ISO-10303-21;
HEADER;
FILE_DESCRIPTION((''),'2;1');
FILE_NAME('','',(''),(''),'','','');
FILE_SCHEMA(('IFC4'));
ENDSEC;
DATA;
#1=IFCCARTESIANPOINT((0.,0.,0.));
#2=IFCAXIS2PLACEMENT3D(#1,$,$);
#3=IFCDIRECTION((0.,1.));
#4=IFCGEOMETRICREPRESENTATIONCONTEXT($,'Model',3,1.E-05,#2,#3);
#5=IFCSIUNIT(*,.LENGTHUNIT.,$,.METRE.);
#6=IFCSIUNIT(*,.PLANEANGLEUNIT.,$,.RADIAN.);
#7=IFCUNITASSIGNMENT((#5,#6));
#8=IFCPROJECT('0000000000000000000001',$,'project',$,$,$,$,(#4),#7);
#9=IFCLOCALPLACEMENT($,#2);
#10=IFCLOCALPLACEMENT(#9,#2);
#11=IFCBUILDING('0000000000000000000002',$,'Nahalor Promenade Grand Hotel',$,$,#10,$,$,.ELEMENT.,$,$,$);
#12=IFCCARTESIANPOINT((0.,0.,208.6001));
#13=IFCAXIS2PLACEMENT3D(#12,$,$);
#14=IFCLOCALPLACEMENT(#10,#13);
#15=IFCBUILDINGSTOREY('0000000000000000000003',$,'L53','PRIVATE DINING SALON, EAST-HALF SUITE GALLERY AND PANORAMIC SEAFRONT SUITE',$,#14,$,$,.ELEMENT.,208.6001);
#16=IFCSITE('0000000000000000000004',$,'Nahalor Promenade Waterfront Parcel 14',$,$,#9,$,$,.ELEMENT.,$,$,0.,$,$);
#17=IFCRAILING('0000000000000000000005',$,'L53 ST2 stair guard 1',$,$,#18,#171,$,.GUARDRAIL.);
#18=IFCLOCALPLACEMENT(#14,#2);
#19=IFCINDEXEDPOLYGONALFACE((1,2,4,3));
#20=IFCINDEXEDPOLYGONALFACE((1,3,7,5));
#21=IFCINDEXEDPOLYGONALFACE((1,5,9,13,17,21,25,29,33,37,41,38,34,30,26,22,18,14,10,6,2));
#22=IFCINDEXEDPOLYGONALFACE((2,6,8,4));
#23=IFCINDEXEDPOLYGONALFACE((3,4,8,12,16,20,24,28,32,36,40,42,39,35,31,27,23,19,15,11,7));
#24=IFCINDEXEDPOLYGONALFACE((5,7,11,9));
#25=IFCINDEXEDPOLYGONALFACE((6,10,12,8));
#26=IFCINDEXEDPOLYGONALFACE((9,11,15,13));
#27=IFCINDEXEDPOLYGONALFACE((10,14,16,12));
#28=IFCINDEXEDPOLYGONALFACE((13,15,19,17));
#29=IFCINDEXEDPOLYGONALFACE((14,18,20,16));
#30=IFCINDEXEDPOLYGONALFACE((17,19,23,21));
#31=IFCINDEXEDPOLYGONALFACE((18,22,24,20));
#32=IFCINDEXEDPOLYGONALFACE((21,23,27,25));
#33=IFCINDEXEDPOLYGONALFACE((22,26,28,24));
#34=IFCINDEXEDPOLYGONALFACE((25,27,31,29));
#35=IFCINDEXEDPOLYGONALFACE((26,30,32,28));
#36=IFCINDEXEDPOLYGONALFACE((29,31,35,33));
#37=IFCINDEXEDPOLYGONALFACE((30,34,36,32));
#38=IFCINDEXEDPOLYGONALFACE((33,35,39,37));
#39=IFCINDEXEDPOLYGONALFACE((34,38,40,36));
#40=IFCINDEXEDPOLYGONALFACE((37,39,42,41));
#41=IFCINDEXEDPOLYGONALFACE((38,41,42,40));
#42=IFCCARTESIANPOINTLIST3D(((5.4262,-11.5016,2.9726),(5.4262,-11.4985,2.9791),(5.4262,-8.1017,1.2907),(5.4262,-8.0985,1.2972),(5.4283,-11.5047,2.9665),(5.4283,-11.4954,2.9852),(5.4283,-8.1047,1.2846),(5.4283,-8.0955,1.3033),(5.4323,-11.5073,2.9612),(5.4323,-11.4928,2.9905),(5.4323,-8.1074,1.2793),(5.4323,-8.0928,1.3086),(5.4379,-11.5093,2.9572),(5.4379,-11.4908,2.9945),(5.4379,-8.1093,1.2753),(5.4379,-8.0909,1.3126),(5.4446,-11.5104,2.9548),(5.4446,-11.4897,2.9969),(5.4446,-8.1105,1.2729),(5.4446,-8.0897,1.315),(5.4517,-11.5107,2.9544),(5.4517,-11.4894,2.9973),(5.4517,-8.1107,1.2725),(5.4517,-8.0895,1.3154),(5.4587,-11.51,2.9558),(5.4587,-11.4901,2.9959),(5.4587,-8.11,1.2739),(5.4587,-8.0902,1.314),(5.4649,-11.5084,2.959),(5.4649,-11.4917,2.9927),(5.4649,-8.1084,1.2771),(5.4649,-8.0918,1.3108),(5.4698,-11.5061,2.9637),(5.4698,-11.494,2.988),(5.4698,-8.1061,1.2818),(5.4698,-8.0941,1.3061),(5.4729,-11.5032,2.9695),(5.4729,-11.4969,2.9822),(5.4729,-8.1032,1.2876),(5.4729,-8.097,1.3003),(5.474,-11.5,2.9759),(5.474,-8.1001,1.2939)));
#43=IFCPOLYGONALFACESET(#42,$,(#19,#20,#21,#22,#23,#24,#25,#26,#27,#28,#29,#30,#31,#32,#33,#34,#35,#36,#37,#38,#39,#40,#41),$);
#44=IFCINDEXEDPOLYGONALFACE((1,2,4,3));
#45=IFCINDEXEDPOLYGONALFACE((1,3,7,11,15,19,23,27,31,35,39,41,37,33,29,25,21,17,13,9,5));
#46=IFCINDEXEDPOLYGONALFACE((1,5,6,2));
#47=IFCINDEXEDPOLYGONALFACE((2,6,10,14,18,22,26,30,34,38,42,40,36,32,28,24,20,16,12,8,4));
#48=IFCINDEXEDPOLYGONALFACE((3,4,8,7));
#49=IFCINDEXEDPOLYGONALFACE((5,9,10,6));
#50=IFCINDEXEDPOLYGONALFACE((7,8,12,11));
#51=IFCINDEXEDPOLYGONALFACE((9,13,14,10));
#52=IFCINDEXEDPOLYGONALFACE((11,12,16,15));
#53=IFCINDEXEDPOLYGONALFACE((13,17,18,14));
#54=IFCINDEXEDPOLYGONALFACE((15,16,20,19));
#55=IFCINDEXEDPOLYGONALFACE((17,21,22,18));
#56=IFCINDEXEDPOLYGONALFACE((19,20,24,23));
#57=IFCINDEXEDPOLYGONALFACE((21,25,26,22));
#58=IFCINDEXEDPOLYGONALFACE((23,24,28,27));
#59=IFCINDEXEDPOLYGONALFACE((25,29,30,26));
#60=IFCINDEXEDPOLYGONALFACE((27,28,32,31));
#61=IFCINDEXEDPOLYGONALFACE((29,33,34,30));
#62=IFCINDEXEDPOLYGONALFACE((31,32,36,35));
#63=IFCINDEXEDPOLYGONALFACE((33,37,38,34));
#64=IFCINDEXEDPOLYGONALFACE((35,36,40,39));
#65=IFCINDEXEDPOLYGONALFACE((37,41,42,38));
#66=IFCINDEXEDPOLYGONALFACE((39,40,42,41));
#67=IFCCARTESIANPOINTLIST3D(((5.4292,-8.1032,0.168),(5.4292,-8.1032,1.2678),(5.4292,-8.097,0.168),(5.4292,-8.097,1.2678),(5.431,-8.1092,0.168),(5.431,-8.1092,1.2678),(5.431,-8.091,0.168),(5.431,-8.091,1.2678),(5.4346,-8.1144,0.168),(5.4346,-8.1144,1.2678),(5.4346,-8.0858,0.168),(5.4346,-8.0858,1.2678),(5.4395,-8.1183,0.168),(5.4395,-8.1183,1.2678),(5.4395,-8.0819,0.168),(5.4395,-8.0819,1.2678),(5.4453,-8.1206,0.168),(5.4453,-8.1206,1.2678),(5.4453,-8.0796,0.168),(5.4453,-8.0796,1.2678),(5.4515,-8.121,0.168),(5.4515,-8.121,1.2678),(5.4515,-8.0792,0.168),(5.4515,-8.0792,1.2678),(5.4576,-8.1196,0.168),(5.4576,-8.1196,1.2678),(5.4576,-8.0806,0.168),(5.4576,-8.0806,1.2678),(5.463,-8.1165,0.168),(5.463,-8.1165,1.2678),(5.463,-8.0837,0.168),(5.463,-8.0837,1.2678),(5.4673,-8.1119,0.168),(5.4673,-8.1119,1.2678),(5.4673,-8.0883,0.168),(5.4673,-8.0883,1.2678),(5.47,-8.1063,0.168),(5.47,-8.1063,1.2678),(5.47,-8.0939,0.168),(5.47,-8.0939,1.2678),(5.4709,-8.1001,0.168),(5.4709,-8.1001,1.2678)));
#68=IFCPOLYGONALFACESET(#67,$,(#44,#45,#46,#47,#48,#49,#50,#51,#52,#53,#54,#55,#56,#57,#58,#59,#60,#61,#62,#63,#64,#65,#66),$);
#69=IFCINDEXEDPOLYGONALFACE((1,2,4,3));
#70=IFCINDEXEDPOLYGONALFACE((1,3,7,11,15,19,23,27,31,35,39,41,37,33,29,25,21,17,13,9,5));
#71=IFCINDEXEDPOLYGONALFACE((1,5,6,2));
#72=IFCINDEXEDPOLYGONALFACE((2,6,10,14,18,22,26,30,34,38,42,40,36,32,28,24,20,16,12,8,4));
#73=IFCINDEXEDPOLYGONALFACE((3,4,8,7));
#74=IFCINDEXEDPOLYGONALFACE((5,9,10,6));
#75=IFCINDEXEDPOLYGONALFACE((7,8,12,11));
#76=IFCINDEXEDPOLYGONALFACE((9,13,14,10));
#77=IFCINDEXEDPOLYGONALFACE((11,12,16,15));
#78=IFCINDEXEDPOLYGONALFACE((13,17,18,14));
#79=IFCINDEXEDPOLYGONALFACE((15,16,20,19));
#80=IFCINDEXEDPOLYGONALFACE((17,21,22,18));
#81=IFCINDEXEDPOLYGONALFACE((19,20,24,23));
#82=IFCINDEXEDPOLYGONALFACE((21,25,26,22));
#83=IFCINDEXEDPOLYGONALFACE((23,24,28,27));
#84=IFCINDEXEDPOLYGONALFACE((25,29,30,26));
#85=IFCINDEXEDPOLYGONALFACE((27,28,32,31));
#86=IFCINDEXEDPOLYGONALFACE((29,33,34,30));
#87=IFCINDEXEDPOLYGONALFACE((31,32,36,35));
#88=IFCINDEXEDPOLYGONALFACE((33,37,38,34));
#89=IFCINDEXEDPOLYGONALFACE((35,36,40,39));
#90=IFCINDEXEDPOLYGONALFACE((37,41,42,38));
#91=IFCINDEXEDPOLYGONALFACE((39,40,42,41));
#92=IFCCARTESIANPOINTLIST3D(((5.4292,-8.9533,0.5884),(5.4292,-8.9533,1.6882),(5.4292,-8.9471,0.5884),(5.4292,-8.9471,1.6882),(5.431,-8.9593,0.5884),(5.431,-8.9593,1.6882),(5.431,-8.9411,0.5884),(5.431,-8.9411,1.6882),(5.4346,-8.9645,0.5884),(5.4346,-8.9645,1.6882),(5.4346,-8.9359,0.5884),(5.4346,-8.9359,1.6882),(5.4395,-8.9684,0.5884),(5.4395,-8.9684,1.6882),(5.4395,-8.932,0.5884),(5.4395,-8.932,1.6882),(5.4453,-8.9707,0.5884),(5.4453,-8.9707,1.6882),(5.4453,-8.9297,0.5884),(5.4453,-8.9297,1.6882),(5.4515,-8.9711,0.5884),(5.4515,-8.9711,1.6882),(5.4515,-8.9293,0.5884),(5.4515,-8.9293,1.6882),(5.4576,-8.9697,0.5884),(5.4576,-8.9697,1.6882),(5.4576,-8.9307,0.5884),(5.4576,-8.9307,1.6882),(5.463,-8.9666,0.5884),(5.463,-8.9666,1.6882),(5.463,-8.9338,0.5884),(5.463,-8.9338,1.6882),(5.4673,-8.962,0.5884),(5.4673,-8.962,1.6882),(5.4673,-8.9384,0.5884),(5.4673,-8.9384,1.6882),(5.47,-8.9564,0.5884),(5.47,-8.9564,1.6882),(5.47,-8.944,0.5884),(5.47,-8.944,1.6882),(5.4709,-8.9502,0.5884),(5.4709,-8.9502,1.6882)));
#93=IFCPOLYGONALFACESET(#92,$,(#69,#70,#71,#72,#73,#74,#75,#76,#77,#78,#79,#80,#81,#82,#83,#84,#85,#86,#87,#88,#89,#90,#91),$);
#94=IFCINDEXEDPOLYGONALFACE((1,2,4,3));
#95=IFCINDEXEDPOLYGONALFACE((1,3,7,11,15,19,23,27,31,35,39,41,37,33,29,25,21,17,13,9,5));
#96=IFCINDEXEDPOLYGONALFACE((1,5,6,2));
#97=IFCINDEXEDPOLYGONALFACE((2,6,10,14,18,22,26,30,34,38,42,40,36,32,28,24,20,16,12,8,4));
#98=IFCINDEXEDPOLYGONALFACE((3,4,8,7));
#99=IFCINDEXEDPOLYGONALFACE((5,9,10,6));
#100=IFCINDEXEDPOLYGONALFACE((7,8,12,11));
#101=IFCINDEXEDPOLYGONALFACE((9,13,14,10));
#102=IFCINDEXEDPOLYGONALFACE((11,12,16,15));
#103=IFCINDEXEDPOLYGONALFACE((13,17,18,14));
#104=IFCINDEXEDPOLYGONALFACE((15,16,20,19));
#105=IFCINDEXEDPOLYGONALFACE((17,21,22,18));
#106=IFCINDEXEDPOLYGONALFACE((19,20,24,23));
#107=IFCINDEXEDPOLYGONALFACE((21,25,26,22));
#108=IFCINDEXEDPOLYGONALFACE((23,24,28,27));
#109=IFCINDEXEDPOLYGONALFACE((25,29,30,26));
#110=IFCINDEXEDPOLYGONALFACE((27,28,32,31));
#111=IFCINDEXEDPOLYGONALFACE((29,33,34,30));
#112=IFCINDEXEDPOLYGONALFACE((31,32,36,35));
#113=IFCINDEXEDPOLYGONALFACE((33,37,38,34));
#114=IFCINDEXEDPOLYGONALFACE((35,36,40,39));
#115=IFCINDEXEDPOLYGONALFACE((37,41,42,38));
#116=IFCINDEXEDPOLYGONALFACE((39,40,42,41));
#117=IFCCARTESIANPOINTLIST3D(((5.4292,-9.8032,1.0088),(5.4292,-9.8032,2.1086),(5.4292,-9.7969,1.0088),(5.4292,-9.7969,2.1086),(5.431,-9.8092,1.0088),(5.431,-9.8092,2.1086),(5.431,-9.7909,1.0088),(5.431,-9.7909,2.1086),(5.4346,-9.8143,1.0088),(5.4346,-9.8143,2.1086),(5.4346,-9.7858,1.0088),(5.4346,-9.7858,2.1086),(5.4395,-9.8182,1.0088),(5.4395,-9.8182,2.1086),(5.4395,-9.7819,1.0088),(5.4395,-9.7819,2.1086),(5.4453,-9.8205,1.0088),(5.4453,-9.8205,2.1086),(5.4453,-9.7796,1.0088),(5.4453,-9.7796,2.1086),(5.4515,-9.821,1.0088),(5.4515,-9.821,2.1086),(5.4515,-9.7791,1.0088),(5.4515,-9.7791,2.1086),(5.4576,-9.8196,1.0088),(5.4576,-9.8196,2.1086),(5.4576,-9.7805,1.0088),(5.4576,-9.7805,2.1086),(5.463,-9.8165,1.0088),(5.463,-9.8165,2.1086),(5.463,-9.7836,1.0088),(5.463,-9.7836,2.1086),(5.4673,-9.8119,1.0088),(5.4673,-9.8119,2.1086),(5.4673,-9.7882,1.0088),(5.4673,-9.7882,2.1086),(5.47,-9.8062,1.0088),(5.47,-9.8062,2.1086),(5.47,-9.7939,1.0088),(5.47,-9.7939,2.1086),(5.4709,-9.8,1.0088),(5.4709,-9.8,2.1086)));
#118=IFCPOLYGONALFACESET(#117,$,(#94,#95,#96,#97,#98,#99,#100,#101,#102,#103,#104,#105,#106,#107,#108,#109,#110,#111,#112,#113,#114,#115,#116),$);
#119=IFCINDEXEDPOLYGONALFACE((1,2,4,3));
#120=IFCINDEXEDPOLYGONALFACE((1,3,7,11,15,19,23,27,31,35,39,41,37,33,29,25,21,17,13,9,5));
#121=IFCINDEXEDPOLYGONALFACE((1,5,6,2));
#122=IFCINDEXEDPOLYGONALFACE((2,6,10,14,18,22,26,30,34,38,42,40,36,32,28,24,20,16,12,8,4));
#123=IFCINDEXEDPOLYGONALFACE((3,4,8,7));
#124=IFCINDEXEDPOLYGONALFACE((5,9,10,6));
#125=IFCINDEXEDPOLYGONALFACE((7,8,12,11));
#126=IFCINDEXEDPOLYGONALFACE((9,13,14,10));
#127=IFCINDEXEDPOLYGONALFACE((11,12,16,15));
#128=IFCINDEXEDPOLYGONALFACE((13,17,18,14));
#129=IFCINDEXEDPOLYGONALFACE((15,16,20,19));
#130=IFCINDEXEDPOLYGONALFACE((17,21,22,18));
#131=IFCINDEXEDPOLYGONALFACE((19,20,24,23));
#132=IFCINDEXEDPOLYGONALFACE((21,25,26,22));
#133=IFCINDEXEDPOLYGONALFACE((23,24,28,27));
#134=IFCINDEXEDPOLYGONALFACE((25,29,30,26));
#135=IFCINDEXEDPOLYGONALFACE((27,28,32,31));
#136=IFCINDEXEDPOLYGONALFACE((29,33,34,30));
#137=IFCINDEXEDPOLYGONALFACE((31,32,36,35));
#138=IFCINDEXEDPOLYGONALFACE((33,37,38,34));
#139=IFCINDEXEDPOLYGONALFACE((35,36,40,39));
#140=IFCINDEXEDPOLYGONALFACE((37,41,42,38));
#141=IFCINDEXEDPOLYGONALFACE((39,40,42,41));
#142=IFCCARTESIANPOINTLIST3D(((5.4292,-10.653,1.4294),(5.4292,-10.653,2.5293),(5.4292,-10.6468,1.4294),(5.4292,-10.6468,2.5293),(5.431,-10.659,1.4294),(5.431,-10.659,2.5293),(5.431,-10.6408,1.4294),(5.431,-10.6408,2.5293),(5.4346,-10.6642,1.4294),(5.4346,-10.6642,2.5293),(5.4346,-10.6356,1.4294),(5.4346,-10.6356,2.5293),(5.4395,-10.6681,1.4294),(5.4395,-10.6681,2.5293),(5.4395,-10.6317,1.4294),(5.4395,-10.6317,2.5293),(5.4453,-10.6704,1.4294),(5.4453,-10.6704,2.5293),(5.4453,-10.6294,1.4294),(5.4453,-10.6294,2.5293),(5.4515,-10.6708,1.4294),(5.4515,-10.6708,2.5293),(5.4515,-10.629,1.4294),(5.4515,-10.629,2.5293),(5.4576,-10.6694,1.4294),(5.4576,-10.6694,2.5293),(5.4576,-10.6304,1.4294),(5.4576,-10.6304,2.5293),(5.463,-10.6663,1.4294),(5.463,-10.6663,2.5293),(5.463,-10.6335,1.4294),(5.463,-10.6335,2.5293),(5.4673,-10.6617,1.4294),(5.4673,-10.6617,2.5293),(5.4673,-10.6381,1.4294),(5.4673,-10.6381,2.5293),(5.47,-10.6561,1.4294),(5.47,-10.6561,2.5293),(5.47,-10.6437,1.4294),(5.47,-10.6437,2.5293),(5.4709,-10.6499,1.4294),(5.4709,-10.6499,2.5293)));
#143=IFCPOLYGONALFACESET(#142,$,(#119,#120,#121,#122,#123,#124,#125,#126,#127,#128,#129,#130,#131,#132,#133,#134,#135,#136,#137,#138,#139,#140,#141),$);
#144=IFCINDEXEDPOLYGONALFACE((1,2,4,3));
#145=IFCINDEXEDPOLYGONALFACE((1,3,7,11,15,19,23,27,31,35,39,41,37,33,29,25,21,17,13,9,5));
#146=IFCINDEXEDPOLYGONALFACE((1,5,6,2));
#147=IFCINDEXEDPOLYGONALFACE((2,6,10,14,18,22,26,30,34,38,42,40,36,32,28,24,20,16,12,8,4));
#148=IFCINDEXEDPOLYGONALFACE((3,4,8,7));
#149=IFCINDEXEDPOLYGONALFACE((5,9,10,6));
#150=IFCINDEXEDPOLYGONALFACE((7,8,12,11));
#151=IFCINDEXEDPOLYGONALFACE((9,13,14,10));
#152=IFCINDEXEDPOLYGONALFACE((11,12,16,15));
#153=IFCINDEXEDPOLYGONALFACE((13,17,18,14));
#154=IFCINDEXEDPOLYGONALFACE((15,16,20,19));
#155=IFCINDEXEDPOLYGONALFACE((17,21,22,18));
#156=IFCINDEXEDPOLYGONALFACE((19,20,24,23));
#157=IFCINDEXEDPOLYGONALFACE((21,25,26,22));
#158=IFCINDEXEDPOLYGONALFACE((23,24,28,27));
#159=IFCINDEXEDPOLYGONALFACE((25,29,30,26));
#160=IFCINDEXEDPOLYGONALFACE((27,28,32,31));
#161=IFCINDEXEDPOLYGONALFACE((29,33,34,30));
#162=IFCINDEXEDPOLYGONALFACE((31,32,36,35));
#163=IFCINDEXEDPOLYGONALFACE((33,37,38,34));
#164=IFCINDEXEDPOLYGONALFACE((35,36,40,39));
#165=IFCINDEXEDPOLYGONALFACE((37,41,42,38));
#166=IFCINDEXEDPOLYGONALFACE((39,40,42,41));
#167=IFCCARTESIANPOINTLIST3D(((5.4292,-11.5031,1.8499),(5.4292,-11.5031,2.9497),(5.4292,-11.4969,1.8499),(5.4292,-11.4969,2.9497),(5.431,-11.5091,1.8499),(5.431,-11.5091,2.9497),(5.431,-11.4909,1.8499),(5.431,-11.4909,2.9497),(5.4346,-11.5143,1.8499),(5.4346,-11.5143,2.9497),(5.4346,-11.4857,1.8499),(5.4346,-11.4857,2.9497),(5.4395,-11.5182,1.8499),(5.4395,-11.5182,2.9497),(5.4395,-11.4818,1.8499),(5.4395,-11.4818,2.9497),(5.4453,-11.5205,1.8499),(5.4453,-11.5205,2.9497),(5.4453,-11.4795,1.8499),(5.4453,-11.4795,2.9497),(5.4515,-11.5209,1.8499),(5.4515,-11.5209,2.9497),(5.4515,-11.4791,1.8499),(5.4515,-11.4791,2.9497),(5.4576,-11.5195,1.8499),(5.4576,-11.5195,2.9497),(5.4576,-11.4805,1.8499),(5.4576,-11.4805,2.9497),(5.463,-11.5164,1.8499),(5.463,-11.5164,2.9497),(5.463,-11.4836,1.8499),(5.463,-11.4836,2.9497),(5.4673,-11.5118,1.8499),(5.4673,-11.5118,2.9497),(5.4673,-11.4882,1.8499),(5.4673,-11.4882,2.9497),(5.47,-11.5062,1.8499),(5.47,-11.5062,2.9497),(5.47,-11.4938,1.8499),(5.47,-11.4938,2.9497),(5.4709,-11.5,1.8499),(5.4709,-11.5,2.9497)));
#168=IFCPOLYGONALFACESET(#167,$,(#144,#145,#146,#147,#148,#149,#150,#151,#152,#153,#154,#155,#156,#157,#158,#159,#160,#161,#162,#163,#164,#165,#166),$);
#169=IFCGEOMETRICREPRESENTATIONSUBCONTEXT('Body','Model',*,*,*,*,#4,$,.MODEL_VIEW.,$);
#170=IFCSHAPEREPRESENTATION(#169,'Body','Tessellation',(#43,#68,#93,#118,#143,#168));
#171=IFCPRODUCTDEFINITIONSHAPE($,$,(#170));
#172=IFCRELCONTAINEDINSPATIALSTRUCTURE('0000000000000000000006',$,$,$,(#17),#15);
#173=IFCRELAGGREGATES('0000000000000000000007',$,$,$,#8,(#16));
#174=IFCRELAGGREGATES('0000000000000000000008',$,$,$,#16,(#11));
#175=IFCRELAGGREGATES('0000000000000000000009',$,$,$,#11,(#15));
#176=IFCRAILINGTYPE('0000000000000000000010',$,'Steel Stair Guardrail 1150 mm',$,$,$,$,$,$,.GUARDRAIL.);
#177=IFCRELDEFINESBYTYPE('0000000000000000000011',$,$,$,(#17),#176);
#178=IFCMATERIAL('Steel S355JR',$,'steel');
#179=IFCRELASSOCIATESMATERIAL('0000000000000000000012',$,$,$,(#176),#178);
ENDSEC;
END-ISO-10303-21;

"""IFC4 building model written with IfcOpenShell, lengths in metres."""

from ifc_helpers import new_model, si_unit, direction, frame, origin, origin_2d, place, context, subcontext, project, spatial, circle, extrude, material, type_object, element, save


model = new_model("IFC4")

# Units and contexts
model_context = context("Model", 3, precision=1e-05, world=origin(), true_north=direction((0.0, 1.0)))
body_context = subcontext(model_context, "Body", "Model", "MODEL_VIEW")
ifc_project = project(units=[si_unit("LENGTHUNIT", "METRE"), si_unit("PLANEANGLEUNIT", "RADIAN")], contexts=[model_context])

# Site, building, storey
site_placement = place(None, origin())
site = spatial("IfcSite", under=ifc_project, at=site_placement, Name="Nahalor Promenade Waterfront Parcel 14", CompositionType="ELEMENT", RefElevation=0.0)
building_placement = place(site_placement, origin())
building = spatial("IfcBuilding", under=site, at=building_placement, Name="Nahalor Promenade Grand Hotel", CompositionType="ELEMENT")
storey_placement = place(building_placement, frame((0.0, 0.0, 208.6001)))
storey = spatial("IfcBuildingStorey", under=building, at=storey_placement, Name="L53", Description="PRIVATE DINING SALON, EAST-HALF SUITE GALLERY AND PANORAMIC SEAFRONT SUITE", CompositionType="ELEMENT", Elevation=208.6001)

# Shared definitions
ifc_material_1 = material(Name="Steel S355JR", Category="steel")

# Railing
railing_type_1 = type_object("IfcRailingType", Name="Steel Stair Guardrail 1150 mm", PredefinedType="GUARDRAIL", material=ifc_material_1)
railing_1_placement = place(storey_placement, frame((5.45, -8.1001, 0.168)))
element("IfcRailing", 1, at=railing_1_placement, inside=storey, type_object=railing_type_1, Name="L53 ST2 stair guard 1", PredefinedType="GUARDRAIL", context=body_context, shape_type="SweptSolid", body=[
    extrude(circle(Radius=0.024, at=origin_2d()), frame((0.0, 0.0, 1.126), z_axis=(0.0, -0.896324, 0.443399), x_axis=(1.0, 0.0, 0.0)), (0.0, 0.0, 1.0), 3.7932),
    extrude(circle(Radius=0.021, at=origin_2d()), origin(), (0.0, 0.0, 1.0), 1.0999),
    extrude(circle(Radius=0.021, at=origin_2d()), frame((0.0, -0.8501, 0.4204)), (0.0, 0.0, 1.0), 1.0999),
    extrude(circle(Radius=0.021, at=origin_2d()), frame((0.0, -1.7, 0.8408)), (0.0, 0.0, 1.0), 1.0999),
    extrude(circle(Radius=0.021, at=origin_2d()), frame((0.0, -2.5498, 1.2615)), (0.0, 0.0, 1.0), 1.0999),
    extrude(circle(Radius=0.021, at=origin_2d()), frame((0.0, -3.3999, 1.6819)), (0.0, 0.0, 1.0), 1.0999),
])

save(model, "model.ifc")
